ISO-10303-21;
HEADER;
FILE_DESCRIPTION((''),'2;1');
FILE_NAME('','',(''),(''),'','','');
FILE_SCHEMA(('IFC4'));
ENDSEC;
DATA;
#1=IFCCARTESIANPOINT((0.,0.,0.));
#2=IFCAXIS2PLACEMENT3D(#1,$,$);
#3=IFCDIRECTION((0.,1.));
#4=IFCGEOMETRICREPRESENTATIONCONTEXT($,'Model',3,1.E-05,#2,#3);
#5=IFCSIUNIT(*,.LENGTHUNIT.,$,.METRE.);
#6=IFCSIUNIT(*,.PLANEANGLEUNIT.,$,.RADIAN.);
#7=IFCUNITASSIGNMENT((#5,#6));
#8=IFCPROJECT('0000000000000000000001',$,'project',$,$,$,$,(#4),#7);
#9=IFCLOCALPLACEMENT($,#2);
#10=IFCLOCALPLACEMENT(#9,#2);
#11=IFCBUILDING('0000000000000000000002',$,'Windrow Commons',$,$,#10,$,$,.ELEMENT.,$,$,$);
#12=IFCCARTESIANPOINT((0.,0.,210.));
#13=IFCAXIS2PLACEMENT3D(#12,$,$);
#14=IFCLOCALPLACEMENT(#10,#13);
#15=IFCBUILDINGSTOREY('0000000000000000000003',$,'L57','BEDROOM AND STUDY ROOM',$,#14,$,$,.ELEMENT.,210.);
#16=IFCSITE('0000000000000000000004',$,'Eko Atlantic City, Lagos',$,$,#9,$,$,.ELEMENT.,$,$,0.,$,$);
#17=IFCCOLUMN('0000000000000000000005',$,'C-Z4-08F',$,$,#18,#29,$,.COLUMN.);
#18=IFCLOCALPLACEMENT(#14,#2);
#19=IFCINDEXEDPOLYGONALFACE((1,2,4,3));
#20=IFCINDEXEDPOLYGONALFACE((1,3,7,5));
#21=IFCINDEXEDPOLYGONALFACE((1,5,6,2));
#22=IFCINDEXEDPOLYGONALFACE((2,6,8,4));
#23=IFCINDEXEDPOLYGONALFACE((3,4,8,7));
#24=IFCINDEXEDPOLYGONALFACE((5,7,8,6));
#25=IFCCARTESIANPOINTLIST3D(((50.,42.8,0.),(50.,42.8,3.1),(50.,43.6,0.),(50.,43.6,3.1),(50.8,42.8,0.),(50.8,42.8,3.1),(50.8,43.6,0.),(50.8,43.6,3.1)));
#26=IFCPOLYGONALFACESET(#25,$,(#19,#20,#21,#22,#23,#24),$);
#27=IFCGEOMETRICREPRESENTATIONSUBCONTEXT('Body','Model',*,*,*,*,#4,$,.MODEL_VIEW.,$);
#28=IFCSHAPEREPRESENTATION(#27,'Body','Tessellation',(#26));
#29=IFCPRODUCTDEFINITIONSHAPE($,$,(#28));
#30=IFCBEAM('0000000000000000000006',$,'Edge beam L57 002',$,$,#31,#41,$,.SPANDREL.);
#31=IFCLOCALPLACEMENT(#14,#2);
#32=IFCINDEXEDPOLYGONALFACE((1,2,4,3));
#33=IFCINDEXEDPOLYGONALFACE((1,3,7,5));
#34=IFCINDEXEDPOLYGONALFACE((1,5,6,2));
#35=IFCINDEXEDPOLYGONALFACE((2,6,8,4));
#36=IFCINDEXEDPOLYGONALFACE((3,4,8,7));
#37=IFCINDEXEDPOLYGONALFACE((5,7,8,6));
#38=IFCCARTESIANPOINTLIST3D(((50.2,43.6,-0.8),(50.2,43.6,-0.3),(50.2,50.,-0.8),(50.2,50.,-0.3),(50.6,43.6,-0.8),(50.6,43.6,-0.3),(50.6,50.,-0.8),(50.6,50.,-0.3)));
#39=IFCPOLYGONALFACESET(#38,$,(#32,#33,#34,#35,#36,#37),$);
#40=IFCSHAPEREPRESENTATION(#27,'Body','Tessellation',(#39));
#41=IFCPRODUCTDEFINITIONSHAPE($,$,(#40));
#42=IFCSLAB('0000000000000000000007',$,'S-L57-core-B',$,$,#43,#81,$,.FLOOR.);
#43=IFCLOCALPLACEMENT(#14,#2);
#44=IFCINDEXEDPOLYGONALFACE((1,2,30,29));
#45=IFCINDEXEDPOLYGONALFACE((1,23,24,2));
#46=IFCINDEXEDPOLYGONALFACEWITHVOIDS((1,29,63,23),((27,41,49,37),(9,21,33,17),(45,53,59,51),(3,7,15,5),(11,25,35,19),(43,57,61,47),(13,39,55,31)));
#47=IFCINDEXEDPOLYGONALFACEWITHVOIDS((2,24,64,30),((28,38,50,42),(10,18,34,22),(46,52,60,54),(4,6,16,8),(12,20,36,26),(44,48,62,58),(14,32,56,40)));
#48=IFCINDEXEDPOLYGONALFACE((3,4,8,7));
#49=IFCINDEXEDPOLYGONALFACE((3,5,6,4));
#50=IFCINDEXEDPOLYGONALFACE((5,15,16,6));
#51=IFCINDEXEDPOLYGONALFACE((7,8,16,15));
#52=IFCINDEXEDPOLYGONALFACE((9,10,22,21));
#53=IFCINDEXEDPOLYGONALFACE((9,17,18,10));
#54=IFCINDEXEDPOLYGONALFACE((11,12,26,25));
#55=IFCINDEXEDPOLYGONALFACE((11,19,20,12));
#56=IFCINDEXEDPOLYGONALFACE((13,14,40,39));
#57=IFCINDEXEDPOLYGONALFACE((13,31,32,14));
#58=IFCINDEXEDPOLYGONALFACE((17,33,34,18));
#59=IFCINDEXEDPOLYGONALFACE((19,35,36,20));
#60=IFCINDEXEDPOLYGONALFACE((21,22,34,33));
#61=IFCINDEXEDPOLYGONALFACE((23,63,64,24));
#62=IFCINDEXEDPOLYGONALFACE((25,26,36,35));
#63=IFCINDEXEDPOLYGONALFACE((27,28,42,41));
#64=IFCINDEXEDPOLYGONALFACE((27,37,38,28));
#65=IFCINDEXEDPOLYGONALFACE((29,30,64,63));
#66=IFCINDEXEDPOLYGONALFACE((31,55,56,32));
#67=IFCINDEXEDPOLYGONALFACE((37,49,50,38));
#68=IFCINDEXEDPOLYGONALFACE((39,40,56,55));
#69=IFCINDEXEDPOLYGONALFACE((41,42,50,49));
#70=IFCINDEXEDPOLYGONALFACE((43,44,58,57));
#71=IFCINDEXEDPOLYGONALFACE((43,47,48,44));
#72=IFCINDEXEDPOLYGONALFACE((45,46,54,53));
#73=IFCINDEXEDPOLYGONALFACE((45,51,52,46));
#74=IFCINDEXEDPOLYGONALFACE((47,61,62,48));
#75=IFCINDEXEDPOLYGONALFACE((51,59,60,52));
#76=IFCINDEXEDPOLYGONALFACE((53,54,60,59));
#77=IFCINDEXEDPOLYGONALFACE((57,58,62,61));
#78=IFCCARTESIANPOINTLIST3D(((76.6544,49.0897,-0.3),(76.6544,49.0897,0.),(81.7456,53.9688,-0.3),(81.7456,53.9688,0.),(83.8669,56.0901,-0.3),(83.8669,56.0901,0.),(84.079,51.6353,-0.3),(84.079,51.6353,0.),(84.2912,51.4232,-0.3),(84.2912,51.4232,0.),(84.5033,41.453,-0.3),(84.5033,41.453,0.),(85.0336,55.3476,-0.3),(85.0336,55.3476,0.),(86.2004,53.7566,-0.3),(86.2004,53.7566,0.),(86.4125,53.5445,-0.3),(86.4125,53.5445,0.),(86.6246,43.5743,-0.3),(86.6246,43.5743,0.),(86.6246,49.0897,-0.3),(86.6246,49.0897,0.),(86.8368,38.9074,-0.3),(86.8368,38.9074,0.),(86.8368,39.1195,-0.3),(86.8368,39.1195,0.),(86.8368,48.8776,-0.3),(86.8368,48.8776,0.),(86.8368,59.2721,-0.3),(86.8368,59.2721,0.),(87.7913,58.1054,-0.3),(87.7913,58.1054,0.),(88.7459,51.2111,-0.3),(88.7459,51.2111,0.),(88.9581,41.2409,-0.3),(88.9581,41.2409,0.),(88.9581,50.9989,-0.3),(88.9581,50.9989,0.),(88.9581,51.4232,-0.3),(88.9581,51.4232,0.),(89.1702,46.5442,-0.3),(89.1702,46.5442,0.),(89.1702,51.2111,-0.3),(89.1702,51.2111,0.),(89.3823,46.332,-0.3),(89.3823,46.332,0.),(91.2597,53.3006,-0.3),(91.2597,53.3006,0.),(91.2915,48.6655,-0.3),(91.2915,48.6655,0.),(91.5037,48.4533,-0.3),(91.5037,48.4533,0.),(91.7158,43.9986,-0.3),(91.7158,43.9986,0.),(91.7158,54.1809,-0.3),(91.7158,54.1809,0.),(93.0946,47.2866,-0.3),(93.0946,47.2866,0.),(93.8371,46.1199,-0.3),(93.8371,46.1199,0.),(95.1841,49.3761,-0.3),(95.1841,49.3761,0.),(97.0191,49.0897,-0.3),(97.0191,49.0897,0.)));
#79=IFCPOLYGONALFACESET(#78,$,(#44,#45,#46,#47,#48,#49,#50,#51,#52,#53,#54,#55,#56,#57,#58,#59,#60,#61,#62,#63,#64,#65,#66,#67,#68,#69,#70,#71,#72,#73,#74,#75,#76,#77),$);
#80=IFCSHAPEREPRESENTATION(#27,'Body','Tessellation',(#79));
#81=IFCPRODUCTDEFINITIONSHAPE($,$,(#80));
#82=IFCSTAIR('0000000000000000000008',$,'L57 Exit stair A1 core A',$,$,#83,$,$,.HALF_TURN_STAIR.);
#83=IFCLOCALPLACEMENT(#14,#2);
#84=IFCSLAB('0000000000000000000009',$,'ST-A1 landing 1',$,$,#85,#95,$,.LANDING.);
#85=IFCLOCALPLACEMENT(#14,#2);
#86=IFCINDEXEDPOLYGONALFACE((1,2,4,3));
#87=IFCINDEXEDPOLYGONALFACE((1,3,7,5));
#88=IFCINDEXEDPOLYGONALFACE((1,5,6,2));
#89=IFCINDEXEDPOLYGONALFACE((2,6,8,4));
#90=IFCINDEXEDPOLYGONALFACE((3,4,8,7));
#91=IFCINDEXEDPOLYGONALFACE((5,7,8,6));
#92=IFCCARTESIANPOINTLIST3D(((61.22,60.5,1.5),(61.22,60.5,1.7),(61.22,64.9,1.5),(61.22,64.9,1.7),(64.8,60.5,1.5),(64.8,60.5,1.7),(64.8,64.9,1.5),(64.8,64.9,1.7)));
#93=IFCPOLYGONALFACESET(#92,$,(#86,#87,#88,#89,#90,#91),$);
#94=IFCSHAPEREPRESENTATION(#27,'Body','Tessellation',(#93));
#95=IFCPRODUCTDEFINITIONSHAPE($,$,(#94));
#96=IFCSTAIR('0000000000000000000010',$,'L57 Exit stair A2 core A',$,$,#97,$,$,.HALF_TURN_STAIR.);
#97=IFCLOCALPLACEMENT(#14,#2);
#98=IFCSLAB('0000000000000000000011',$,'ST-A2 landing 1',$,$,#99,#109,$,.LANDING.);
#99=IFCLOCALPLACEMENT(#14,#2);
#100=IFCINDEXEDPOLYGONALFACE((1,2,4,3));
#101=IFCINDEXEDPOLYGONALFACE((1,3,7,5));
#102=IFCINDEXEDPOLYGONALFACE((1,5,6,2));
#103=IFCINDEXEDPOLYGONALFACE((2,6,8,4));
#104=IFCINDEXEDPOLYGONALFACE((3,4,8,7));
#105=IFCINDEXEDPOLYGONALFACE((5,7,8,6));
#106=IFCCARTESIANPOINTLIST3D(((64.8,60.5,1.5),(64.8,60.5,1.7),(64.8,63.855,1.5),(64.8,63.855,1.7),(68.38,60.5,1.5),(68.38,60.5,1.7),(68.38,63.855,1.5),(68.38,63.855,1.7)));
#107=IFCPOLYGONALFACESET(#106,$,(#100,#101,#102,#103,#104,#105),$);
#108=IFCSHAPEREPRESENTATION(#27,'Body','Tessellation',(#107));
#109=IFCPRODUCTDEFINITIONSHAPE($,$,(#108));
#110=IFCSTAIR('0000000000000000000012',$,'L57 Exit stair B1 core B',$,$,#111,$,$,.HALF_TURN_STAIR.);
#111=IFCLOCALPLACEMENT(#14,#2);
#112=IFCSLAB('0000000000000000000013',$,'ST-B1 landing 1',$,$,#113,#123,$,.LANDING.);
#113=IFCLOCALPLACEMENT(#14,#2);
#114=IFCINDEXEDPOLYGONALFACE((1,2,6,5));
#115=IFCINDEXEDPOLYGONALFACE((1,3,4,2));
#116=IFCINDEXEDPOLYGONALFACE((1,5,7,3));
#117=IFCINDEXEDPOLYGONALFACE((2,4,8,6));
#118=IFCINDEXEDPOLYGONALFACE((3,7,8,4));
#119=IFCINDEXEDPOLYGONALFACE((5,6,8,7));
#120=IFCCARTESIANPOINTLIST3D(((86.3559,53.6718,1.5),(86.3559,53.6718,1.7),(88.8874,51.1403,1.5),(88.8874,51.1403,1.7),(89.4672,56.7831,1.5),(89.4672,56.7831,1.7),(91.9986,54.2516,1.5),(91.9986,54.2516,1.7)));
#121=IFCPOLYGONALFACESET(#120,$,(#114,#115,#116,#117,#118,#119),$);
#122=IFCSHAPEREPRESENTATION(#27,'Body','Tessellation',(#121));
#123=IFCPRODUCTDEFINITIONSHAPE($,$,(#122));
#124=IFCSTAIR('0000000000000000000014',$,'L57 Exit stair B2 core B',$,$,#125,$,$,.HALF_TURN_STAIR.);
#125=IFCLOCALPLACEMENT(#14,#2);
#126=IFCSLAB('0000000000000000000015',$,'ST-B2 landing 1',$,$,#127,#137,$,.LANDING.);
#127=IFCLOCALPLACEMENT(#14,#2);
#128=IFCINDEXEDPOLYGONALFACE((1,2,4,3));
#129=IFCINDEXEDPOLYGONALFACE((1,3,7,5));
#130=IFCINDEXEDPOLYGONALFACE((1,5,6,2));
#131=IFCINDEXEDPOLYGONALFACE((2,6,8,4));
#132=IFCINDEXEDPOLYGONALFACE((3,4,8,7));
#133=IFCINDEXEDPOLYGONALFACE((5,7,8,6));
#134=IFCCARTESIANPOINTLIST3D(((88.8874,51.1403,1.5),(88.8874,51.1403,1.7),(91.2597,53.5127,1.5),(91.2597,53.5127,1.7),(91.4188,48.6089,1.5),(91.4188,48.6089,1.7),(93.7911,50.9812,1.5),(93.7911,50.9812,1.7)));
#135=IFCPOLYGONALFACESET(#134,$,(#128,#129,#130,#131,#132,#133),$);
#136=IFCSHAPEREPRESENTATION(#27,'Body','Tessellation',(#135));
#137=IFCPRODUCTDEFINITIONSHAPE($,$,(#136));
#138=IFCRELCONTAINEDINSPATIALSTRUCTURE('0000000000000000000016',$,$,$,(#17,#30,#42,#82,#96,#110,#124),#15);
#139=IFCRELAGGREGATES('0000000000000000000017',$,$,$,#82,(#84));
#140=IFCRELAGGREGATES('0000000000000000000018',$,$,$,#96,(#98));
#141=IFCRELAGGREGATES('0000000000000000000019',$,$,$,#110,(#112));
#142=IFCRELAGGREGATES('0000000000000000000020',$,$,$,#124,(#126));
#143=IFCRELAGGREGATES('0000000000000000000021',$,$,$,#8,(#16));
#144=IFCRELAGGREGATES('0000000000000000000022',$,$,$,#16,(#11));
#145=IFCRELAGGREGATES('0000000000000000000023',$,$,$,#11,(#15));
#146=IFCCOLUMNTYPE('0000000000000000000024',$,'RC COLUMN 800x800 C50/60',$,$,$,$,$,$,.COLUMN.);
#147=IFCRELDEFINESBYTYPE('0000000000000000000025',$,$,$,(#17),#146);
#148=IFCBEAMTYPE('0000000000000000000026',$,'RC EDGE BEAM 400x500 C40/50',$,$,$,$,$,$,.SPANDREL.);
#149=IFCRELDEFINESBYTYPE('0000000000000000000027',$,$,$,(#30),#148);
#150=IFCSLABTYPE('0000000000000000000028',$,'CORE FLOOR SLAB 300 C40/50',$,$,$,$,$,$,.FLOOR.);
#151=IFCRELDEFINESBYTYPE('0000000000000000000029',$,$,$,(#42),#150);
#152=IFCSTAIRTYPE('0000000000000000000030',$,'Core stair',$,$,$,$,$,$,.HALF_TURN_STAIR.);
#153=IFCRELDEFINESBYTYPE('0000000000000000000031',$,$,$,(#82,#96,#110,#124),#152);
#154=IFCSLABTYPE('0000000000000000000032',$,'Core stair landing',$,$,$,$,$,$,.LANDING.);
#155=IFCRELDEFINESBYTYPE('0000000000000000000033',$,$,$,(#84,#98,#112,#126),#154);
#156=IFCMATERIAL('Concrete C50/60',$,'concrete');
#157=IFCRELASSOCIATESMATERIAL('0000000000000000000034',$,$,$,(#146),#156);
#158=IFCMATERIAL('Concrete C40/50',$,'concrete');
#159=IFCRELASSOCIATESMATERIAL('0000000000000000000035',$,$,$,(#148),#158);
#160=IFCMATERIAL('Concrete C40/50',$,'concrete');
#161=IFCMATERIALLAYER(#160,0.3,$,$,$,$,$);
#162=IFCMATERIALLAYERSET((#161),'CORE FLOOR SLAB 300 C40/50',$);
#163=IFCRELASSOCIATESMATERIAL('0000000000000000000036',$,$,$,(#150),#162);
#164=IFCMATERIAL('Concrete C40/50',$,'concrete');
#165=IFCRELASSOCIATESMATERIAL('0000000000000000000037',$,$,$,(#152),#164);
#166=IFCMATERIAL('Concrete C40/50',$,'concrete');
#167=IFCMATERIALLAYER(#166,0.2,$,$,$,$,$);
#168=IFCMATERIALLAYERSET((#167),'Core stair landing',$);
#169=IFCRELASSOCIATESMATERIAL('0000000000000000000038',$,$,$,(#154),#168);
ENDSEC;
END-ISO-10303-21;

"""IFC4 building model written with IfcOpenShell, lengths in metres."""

from ifc_helpers import new_model, si_unit, direction, frame, origin, origin_2d, place, context, subcontext, project, spatial, polyline, rectangle, outline, extrude, material, layer, layer_set, material_profile, profile_set, type_object, element, aggregate, save


model = new_model("IFC4")

# Units and contexts
model_context = context("Model", 3, precision=1e-05, world=origin(), true_north=direction((0.0, 1.0)))
body_context = subcontext(model_context, "Body", "Model", "MODEL_VIEW")
ifc_project = project(units=[si_unit("LENGTHUNIT", "METRE"), si_unit("PLANEANGLEUNIT", "RADIAN")], contexts=[model_context])

# Site, building, storey
site_placement = place(None, origin())
site = spatial("IfcSite", under=ifc_project, at=site_placement, Name="Eko Atlantic City, Lagos", CompositionType="ELEMENT", RefElevation=0.0)
building_placement = place(site_placement, origin())
building = spatial("IfcBuilding", under=site, at=building_placement, Name="Windrow Commons", CompositionType="ELEMENT")
storey_placement = place(building_placement, frame((0.0, 0.0, 210.0)))
storey = spatial("IfcBuildingStorey", under=building, at=storey_placement, Name="L57", Description="BEDROOM AND STUDY ROOM", CompositionType="ELEMENT", Elevation=210.0)

# Column
ifc_material_1 = material(Name="Concrete C50/60", Category="concrete")
ifc_material_profile_1 = material_profile(ifc_material_1, rectangle(XDim=0.8, YDim=0.8, at=origin_2d()))
ifc_profile_set_1 = profile_set([ifc_material_profile_1], Name="Concrete C50/60")
column_type = type_object("IfcColumnType", Name="RC COLUMN 800x800 C50/60", PredefinedType="COLUMN", material=ifc_profile_set_1)
column_placement = place(storey_placement, frame((50.4, 43.2, 0.0), z_axis=(0.0, 0.0, 1.0), x_axis=(1.0, 0.0, 0.0)))
element("IfcColumn", 1, at=column_placement, inside=storey, type_object=column_type, Name="C-Z4-08F", PredefinedType="COLUMN", context=body_context, shape_type="SweptSolid", body=[
    extrude(rectangle(XDim=0.8, YDim=0.8, at=origin_2d()), origin(), (0.0, 0.0, 1.0), 3.1),
])

# Beam
ifc_material_2 = material(Name="Concrete C40/50", Category="concrete")
ifc_material_profile_2 = material_profile(ifc_material_2, rectangle(XDim=0.4, YDim=0.5, at=origin_2d()))
ifc_profile_set_2 = profile_set([ifc_material_profile_2], Name="Concrete C40/50")
beam_type = type_object("IfcBeamType", Name="RC EDGE BEAM 400x500 C40/50", PredefinedType="SPANDREL", material=ifc_profile_set_2)
beam_placement = place(storey_placement, frame((50.4, 43.6, -0.55), z_axis=(0.0, 1.0, 0.0), x_axis=(-1.0, 0.0, 0.0)))
element("IfcBeam", 2, at=beam_placement, inside=storey, type_object=beam_type, Name="Edge beam L57 002", PredefinedType="SPANDREL", context=body_context, shape_type="SweptSolid", body=[
    extrude(rectangle(XDim=0.4, YDim=0.5, at=origin_2d()), origin(), (0.0, 0.0, 1.0), 6.4),
])

# Slab, openings
ifc_material_3 = material(Name="Concrete C40/50", Category="concrete")
ifc_layer_1 = layer(ifc_material_3, 0.3)
ifc_layer_set_1 = layer_set([ifc_layer_1], Name="CORE FLOOR SLAB 300 C40/50")
slab_type_1 = type_object("IfcSlabType", Name="CORE FLOOR SLAB 300 C40/50", PredefinedType="FLOOR", material=ifc_layer_set_1)
placement_1 = place(storey_placement, frame((0.0, 0.0, -0.3)))
slab_1 = element("IfcSlab", 3, at=placement_1, inside=storey, type_object=slab_type_1, Name="S-L57-core-B", PredefinedType="FLOOR", context=body_context, shape_type="SweptSolid", body=[
    extrude(outline(polyline([(76.6544, 49.0897), (86.8368, 38.9074), (97.0191, 49.0897), (86.8368, 59.2721), (76.6544, 49.0897)]), holes=[polyline([(84.5033, 41.453), (86.8368, 39.1195), (88.9581, 41.2409), (86.6246, 43.5743), (84.5033, 41.453)]), polyline([(81.7456, 53.9688), (84.079, 51.6353), (86.2004, 53.7566), (83.8669, 56.0901), (81.7456, 53.9688)]), polyline([(84.2912, 51.4232), (86.6246, 49.0897), (88.7459, 51.2111), (86.4125, 53.5445), (84.2912, 51.4232)]), polyline([(86.8368, 48.8776), (89.1702, 46.5442), (91.2915, 48.6655), (88.9581, 50.9989), (86.8368, 48.8776)]), polyline([(89.3823, 46.332), (91.7158, 43.9986), (93.8371, 46.1199), (91.5037, 48.4533), (89.3823, 46.332)]), polyline([(85.0336, 55.3476), (88.9581, 51.4232), (91.7158, 54.1809), (87.7913, 58.1054), (85.0336, 55.3476)]), polyline([(89.1702, 51.2111), (93.0946, 47.2866), (95.1841, 49.3761), (91.2597, 53.3006), (89.1702, 51.2111)])]), origin(), (0.0, 0.0, 1.0), 0.3),
])
opening_1_placement = place(placement_1, origin())
element("IfcOpeningElement", 4, at=opening_1_placement, cuts=slab_1, PredefinedType="OPENING", context=body_context, shape_type="SweptSolid", body=[
    extrude(outline(polyline([(84.5104, 41.453), (86.6246, 43.5672), (88.951, 41.2409), (86.8368, 39.1266), (84.5104, 41.453)])), origin(), (0.0, 0.0, 1.0), 0.3),
])
opening_2_placement = place(placement_1, origin())
element("IfcOpeningElement", 5, at=opening_2_placement, cuts=slab_1, PredefinedType="OPENING", context=body_context, shape_type="SweptSolid", body=[
    extrude(outline(polyline([(81.7527, 53.9688), (83.8669, 56.083), (86.1933, 53.7566), (84.079, 51.6424), (81.7527, 53.9688)])), origin(), (0.0, 0.0, 1.0), 0.3),
])
opening_3_placement = place(placement_1, origin())
element("IfcOpeningElement", 6, at=opening_3_placement, cuts=slab_1, PredefinedType="OPENING", context=body_context, shape_type="SweptSolid", body=[
    extrude(outline(polyline([(84.2983, 51.4232), (86.4125, 53.5374), (88.7388, 51.2111), (86.6246, 49.0968), (84.2983, 51.4232)])), origin(), (0.0, 0.0, 1.0), 0.3),
])
opening_4_placement = place(placement_1, origin())
element("IfcOpeningElement", 7, at=opening_4_placement, cuts=slab_1, PredefinedType="OPENING", context=body_context, shape_type="SweptSolid", body=[
    extrude(outline(polyline([(86.8439, 48.8776), (88.9581, 50.9918), (91.2844, 48.6655), (89.1702, 46.5513), (86.8439, 48.8776)])), origin(), (0.0, 0.0, 1.0), 0.3),
])
opening_5_placement = place(placement_1, origin())
element("IfcOpeningElement", 8, at=opening_5_placement, cuts=slab_1, PredefinedType="OPENING", context=body_context, shape_type="SweptSolid", body=[
    extrude(outline(polyline([(89.3894, 46.332), (91.5037, 48.4462), (93.83, 46.1199), (91.7158, 44.0057), (89.3894, 46.332)])), origin(), (0.0, 0.0, 1.0), 0.3),
])
opening_6_placement = place(placement_1, origin())
element("IfcOpeningElement", 9, at=opening_6_placement, cuts=slab_1, PredefinedType="OPENING", context=body_context, shape_type="SweptSolid", body=[
    extrude(outline(polyline([(85.0407, 55.3476), (87.7913, 58.0983), (91.7087, 54.1809), (88.9581, 51.4303), (85.0407, 55.3476)])), origin(), (0.0, 0.0, 1.0), 0.3),
])
opening_7_placement = place(placement_1, origin())
element("IfcOpeningElement", 10, at=opening_7_placement, cuts=slab_1, PredefinedType="OPENING", context=body_context, shape_type="SweptSolid", body=[
    extrude(outline(polyline([(89.1773, 51.2111), (91.2597, 53.2935), (95.177, 49.3761), (93.0946, 47.2937), (89.1773, 51.2111)])), origin(), (0.0, 0.0, 1.0), 0.3),
])

# Stairs, slabs
ifc_material_4 = material(Name="Concrete C40/50", Category="concrete")
stair_type = type_object("IfcStairType", Name="Core stair", PredefinedType="HALF_TURN_STAIR", material=ifc_material_4)
placement_2 = place(storey_placement, origin())
stair_1 = element("IfcStair", 11, at=placement_2, inside=storey, type_object=stair_type, Name="L57 Exit stair A1 core A", PredefinedType="HALF_TURN_STAIR")
ifc_material_5 = material(Name="Concrete C40/50", Category="concrete")
ifc_layer_2 = layer(ifc_material_5, 0.2)
ifc_layer_set_2 = layer_set([ifc_layer_2], Name="Core stair landing")
slab_type_2 = type_object("IfcSlabType", Name="Core stair landing", PredefinedType="LANDING", material=ifc_layer_set_2)
placement_3 = place(storey_placement, frame((0.0, 0.0, 1.5)))
slab_2 = element("IfcSlab", 12, at=placement_3, type_object=slab_type_2, Name="ST-A1 landing 1", PredefinedType="LANDING", context=body_context, shape_type="SweptSolid", body=[
    extrude(outline(polyline([(61.22, 60.5), (64.8, 60.5), (64.8, 64.9), (61.22, 64.9), (61.22, 60.5)])), origin(), (0.0, 0.0, 1.0), 0.2),
])
aggregate(stair_1, [slab_2])
stair_2 = element("IfcStair", 13, at=placement_2, inside=storey, type_object=stair_type, Name="L57 Exit stair A2 core A", PredefinedType="HALF_TURN_STAIR")
slab_3 = element("IfcSlab", 14, at=placement_3, type_object=slab_type_2, Name="ST-A2 landing 1", PredefinedType="LANDING", context=body_context, shape_type="SweptSolid", body=[
    extrude(outline(polyline([(64.8, 60.5), (68.38, 60.5), (68.38, 63.855), (64.8, 63.855), (64.8, 60.5)])), origin(), (0.0, 0.0, 1.0), 0.2),
])
aggregate(stair_2, [slab_3])
stair_3 = element("IfcStair", 15, at=placement_2, inside=storey, type_object=stair_type, Name="L57 Exit stair B1 core B", PredefinedType="HALF_TURN_STAIR")
slab_4 = element("IfcSlab", 16, at=placement_3, type_object=slab_type_2, Name="ST-B1 landing 1", PredefinedType="LANDING", context=body_context, shape_type="SweptSolid", body=[
    extrude(outline(polyline([(86.3559, 53.6718), (88.8874, 51.1403), (91.9986, 54.2516), (89.4672, 56.7831), (86.3559, 53.6718)])), origin(), (0.0, 0.0, 1.0), 0.2),
])
aggregate(stair_3, [slab_4])
stair_4 = element("IfcStair", 17, at=placement_2, inside=storey, type_object=stair_type, Name="L57 Exit stair B2 core B", PredefinedType="HALF_TURN_STAIR")
slab_5 = element("IfcSlab", 18, at=placement_3, type_object=slab_type_2, Name="ST-B2 landing 1", PredefinedType="LANDING", context=body_context, shape_type="SweptSolid", body=[
    extrude(outline(polyline([(88.8874, 51.1403), (91.4188, 48.6089), (93.7911, 50.9812), (91.2597, 53.5127), (88.8874, 51.1403)])), origin(), (0.0, 0.0, 1.0), 0.2),
])
aggregate(stair_4, [slab_5])

save(model, "model.ifc")
